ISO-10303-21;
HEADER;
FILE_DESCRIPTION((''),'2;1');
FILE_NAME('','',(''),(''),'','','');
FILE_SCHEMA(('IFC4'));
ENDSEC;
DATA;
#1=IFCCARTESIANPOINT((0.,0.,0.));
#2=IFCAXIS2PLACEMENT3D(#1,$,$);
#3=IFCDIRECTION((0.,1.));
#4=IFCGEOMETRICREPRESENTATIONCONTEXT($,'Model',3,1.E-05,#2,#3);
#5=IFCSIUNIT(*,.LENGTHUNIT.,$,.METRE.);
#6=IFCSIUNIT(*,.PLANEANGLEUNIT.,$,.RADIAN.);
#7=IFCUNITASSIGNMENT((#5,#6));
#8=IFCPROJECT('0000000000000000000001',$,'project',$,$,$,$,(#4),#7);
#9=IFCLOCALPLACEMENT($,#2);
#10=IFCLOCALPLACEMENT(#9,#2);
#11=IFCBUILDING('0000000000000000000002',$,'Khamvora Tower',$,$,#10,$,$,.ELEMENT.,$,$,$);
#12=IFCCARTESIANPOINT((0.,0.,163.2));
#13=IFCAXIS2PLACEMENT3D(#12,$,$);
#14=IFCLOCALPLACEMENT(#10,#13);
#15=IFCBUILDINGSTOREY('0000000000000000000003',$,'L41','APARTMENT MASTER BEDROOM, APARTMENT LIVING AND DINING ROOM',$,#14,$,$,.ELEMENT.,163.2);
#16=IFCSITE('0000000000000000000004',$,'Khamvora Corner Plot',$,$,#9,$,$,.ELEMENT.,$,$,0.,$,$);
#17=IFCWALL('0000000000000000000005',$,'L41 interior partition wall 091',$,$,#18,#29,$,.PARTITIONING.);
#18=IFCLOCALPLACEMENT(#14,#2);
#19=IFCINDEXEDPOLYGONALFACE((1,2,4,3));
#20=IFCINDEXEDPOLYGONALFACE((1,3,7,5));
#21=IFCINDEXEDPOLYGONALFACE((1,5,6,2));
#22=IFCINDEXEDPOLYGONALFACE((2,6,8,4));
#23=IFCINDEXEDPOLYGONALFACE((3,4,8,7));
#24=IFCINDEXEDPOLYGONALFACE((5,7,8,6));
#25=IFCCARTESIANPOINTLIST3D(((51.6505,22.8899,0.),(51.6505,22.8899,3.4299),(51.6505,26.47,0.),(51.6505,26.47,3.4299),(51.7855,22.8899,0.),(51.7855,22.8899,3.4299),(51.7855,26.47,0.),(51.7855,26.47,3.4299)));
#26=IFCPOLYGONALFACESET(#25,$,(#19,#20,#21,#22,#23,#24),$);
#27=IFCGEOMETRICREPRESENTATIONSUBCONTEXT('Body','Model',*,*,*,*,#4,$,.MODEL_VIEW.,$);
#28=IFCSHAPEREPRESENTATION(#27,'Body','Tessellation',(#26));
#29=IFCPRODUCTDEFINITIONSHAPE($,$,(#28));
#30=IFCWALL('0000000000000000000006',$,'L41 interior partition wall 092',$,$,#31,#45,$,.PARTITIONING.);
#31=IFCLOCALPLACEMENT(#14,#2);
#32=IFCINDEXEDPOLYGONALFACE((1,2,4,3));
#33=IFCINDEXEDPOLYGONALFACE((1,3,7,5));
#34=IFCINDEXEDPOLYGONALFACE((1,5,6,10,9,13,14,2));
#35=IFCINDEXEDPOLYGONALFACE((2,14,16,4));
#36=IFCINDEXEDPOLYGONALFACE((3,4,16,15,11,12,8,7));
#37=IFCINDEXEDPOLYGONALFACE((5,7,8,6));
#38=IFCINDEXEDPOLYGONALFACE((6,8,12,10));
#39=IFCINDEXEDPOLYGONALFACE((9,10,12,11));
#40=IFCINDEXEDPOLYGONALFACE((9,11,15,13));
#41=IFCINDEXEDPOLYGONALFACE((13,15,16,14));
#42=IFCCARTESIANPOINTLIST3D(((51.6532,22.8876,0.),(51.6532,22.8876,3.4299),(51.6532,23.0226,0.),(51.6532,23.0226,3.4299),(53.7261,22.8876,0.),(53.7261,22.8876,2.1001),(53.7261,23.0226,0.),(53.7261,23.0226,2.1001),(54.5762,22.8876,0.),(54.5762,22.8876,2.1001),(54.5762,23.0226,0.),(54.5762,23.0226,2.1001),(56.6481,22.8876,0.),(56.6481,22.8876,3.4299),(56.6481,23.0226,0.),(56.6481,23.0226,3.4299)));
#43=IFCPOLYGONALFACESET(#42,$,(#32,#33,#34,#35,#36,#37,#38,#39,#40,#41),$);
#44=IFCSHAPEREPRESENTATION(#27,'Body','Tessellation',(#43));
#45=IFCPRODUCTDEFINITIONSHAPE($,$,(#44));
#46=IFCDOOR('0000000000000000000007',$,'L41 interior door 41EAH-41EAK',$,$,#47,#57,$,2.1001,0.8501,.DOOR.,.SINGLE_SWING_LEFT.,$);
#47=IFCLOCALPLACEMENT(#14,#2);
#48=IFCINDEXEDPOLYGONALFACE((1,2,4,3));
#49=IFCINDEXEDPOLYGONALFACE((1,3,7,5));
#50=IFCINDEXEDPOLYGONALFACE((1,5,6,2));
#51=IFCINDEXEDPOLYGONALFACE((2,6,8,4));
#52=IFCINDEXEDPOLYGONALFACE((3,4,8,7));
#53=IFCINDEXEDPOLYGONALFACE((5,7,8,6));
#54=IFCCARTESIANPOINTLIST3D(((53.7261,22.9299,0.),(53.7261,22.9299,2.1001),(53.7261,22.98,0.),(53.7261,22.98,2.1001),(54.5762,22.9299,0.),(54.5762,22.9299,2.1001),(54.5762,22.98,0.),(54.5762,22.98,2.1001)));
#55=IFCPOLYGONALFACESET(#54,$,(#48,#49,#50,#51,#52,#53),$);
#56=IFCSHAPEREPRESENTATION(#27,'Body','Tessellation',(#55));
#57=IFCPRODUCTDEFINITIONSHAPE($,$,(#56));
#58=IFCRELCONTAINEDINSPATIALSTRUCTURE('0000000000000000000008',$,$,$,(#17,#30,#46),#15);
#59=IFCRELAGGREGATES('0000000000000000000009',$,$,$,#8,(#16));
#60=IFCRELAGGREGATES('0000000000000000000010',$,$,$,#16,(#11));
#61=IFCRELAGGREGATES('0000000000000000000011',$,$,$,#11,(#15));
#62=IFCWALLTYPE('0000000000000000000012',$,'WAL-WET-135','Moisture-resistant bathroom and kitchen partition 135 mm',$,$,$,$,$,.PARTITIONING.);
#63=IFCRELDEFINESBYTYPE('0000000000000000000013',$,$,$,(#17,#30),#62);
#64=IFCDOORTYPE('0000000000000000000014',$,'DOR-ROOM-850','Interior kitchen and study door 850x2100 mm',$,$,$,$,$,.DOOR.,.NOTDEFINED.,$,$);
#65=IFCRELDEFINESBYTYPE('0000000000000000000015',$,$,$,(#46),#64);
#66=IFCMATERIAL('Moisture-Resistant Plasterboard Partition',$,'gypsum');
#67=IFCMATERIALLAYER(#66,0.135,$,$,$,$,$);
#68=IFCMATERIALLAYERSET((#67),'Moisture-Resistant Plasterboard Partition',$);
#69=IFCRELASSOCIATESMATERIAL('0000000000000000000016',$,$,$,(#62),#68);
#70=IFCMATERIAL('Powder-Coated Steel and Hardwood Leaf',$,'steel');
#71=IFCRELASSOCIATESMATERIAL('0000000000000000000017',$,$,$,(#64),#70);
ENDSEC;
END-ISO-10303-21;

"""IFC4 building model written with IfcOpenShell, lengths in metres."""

from ifc_helpers import new_model, si_unit, direction, frame, frame_2d, origin, place, context, subcontext, project, spatial, rectangle, extrude, material, layer, layer_set, type_object, element, fill, save


model = new_model("IFC4")

# Units and contexts
model_context = context("Model", 3, precision=1e-05, world=origin(), true_north=direction((0.0, 1.0)))
body_context = subcontext(model_context, "Body", "Model", "MODEL_VIEW")
ifc_project = project(units=[si_unit("LENGTHUNIT", "METRE"), si_unit("PLANEANGLEUNIT", "RADIAN")], contexts=[model_context])

# Site, building, storey
site_placement = place(None, origin())
site = spatial("IfcSite", under=ifc_project, at=site_placement, Name="Khamvora Corner Plot", CompositionType="ELEMENT", RefElevation=0.0)
building_placement = place(site_placement, origin())
building = spatial("IfcBuilding", under=site, at=building_placement, Name="Khamvora Tower", CompositionType="ELEMENT")
storey_placement = place(building_placement, frame((0.0, 0.0, 163.2)))
storey = spatial("IfcBuildingStorey", under=building, at=storey_placement, Name="L41", Description="APARTMENT MASTER BEDROOM, APARTMENT LIVING AND DINING ROOM", CompositionType="ELEMENT", Elevation=163.2)

# Shared definitions
ifc_material_1 = material(Name="Powder-Coated Steel and Hardwood Leaf", Category="steel")

# Shared definitions
ifc_material_2 = material(Name="Moisture-Resistant Plasterboard Partition", Category="gypsum")
ifc_layer_1 = layer(ifc_material_2, 0.135)
ifc_layer_set_1 = layer_set([ifc_layer_1], Name="Moisture-Resistant Plasterboard Partition")
wall_type_1 = type_object("IfcWallType", Name="WAL-WET-135", Description="Moisture-resistant bathroom and kitchen partition 135 mm", PredefinedType="PARTITIONING", material=ifc_layer_set_1)

# Wall
for number, where, z_axis, x_axis, name in (
    (1, (51.718, 26.47, 0.0), (0.0, 0.0, 1.0), (0.0, -1.0, 0.0), "L41 interior partition wall 091"),
):
    element("IfcWall", number, at=place(storey_placement, frame(where, z_axis=z_axis, x_axis=x_axis)), inside=storey, type_object=wall_type_1, Name=name, PredefinedType="PARTITIONING", context=body_context, shape_type="SweptSolid", body=[
        extrude(rectangle(XDim=3.5801, YDim=0.135, at=frame_2d((1.79, 0.0))), origin(), (0.0, 0.0, 1.0), 3.4299),
    ])

# Wall, opening, door
wall_1_placement = place(storey_placement, frame((51.6531, 22.9551, 0.0), z_axis=(0.0, 0.0, 1.0), x_axis=(1.0, 0.0, 0.0)))
wall_1 = element("IfcWall", 2, at=wall_1_placement, inside=storey, type_object=wall_type_1, Name="L41 interior partition wall 092", PredefinedType="PARTITIONING", context=body_context, shape_type="SweptSolid", body=[
    extrude(rectangle(XDim=4.9949, YDim=0.135, at=frame_2d((2.4976, 0.0))), origin(), (0.0, 0.0, 1.0), 3.4299),
])
opening_1_placement = place(wall_1_placement, frame((2.073, 0.0, 0.0)))
opening_1 = element("IfcOpeningElement", 3, at=opening_1_placement, cuts=wall_1, PredefinedType="OPENING", context=body_context, shape_type="SweptSolid", body=[
    extrude(rectangle(XDim=0.8501, YDim=2.1001, at=frame_2d((0.425, 1.05))), frame((0.0, 0.0774, 0.0), z_axis=(0.0, -1.0, 0.0), x_axis=(1.0, 0.0, 0.0)), (0.0, 0.0, 1.0), 0.155),
])
door_type_1 = type_object("IfcDoorType", Name="DOR-ROOM-850", Description="Interior kitchen and study door 850x2100 mm", OperationType="NOTDEFINED", PredefinedType="DOOR", material=ifc_material_1)
door_1_placement = place(opening_1_placement, origin())
door_1 = element("IfcDoor", 4, at=door_1_placement, inside=storey, type_object=door_type_1, Name="L41 interior door 41EAH-41EAK", OperationType="SINGLE_SWING_LEFT", OverallHeight=2.1001, OverallWidth=0.8501, PredefinedType="DOOR", context=body_context, shape_type="SweptSolid", body=[
    extrude(rectangle(XDim=0.8501, YDim=2.1001, at=frame_2d((0.425, 1.05))), frame((0.0, 0.0249, 0.0), z_axis=(0.0, -1.0, 0.0), x_axis=(1.0, 0.0, 0.0)), (0.0, 0.0, 1.0), 0.05),
])
fill(opening_1, door_1)

save(model, "model.ifc")
